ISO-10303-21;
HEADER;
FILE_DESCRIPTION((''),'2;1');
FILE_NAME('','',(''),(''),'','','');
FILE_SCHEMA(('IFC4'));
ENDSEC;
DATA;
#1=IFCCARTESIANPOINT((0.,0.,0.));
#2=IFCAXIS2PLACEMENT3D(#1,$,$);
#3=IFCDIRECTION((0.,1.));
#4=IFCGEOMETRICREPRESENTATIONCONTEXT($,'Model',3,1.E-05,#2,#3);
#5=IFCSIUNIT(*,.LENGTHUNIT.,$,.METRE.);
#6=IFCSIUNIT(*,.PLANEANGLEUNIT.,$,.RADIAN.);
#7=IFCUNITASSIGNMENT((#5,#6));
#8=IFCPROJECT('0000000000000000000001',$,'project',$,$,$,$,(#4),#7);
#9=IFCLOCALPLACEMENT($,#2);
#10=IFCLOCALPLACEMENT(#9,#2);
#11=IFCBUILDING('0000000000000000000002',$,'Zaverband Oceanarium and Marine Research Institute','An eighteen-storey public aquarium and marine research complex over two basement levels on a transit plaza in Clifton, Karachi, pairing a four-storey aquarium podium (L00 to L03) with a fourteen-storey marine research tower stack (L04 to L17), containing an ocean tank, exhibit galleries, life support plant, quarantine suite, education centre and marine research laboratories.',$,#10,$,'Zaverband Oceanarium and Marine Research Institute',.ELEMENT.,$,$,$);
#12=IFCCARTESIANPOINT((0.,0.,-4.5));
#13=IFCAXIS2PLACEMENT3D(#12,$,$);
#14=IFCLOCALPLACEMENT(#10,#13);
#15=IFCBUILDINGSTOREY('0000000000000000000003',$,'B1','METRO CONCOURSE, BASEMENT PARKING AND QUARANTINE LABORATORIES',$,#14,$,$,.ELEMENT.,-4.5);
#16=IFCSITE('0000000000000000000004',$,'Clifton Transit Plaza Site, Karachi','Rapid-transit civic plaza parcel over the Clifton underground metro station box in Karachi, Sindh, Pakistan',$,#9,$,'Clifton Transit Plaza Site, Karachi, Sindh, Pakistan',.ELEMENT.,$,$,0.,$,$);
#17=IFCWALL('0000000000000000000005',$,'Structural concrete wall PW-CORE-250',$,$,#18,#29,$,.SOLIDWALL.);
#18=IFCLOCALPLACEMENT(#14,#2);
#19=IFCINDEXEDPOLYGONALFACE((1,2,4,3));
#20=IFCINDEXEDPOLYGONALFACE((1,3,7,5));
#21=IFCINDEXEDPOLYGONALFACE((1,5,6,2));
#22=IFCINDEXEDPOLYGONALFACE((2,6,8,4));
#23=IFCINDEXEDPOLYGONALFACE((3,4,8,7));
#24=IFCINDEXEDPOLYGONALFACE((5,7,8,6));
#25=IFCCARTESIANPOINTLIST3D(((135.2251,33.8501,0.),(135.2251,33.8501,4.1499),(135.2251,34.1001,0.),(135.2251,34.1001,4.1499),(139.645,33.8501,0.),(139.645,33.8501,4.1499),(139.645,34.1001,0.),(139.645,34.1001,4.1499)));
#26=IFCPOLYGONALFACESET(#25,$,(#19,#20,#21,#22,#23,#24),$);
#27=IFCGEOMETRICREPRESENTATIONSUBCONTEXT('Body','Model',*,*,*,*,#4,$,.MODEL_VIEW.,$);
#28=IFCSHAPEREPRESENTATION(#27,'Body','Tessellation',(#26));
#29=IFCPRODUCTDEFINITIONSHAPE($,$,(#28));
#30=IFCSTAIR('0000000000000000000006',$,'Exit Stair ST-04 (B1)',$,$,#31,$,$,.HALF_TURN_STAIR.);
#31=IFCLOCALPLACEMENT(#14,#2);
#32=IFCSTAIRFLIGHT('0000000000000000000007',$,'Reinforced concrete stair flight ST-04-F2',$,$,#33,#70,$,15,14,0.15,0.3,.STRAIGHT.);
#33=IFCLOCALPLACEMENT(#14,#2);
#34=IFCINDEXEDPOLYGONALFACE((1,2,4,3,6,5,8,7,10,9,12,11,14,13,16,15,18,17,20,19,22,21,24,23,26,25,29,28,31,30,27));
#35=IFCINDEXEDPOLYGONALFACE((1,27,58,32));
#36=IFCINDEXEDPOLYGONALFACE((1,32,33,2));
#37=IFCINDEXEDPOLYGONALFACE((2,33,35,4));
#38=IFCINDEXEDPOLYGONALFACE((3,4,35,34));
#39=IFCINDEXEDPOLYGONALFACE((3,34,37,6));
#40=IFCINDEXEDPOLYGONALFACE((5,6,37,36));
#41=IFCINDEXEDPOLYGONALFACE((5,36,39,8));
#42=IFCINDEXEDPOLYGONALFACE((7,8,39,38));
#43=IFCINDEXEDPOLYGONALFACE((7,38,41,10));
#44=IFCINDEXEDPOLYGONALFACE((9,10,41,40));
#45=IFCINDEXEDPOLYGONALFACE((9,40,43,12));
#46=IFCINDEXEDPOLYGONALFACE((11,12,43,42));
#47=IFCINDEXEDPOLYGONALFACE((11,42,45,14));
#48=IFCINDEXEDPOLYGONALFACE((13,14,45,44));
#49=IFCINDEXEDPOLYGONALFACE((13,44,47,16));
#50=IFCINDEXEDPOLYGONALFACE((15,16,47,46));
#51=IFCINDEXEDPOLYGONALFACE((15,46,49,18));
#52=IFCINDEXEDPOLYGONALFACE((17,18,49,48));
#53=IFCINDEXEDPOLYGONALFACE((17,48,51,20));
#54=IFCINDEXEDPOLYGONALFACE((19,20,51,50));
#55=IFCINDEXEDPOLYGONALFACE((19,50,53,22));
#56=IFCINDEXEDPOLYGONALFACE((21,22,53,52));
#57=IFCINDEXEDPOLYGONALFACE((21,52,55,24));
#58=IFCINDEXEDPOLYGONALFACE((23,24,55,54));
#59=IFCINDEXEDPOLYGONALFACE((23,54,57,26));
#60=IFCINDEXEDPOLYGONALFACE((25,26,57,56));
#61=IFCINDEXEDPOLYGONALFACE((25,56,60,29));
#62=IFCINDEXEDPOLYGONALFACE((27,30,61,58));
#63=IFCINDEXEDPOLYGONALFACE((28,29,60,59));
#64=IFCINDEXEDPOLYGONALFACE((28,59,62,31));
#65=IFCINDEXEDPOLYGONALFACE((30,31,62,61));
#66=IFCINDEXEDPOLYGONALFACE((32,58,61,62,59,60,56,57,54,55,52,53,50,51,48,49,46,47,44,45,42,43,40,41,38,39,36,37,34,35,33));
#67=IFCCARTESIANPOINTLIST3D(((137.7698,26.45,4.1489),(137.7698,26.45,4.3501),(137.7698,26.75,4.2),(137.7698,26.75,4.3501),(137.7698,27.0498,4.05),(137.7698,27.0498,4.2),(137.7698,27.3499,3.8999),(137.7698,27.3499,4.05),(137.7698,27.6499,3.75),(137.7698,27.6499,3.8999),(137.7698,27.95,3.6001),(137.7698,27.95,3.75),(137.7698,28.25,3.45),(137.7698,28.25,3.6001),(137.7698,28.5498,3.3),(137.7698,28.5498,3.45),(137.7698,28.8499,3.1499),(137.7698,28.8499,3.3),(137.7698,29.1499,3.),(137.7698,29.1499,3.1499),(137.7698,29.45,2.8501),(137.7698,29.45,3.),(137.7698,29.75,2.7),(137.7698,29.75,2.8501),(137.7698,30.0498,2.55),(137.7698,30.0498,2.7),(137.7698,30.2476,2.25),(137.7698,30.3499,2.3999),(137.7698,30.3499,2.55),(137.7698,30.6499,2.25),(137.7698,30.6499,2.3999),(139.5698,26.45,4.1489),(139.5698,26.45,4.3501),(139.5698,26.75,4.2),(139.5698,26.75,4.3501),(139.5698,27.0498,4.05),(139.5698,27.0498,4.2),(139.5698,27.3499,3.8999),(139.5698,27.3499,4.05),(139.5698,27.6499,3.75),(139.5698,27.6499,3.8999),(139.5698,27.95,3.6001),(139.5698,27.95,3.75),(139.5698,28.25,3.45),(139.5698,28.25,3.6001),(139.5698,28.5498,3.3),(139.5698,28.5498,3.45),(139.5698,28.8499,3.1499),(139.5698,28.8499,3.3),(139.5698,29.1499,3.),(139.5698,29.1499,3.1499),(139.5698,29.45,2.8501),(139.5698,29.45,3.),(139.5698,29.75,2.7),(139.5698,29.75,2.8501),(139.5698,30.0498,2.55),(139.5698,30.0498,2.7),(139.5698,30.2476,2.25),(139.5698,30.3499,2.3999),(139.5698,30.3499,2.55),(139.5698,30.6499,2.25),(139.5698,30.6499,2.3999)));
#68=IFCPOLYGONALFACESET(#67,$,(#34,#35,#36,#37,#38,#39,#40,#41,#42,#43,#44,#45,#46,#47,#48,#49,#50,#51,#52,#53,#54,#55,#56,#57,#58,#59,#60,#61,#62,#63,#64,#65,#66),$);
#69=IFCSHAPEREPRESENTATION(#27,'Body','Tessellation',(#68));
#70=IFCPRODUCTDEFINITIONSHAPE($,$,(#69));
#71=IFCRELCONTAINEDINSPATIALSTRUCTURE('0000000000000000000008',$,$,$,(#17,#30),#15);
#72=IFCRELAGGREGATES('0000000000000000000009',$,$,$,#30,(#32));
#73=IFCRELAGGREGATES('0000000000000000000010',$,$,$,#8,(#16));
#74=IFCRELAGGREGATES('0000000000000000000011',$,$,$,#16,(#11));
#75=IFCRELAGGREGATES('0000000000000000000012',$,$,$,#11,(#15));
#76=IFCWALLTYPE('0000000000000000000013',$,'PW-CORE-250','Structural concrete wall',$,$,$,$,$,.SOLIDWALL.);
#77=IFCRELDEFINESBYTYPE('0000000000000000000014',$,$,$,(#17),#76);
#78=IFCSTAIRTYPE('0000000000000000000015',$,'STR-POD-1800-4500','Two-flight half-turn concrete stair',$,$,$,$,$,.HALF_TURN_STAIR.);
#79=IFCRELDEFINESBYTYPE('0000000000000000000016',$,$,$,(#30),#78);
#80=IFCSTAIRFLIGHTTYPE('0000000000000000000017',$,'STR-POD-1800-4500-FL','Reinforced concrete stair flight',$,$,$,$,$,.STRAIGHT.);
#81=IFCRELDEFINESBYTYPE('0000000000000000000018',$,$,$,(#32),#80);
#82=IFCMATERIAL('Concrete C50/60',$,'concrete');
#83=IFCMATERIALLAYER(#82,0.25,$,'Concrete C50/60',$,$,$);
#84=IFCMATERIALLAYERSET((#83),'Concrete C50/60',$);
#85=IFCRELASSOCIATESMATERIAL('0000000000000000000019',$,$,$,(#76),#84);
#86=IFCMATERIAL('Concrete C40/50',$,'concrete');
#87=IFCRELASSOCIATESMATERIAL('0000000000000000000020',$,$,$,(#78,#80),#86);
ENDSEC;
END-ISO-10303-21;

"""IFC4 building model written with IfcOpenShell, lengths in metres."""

from ifc_helpers import new_model, si_unit, direction, frame, frame_2d, origin, place, context, subcontext, project, spatial, polyline, rectangle, outline, extrude, material, layer, layer_set, type_object, element, aggregate, save


model = new_model("IFC4")

# Units and contexts
model_context = context("Model", 3, precision=1e-05, world=origin(), true_north=direction((0.0, 1.0)))
body_context = subcontext(model_context, "Body", "Model", "MODEL_VIEW")
ifc_project = project(units=[si_unit("LENGTHUNIT", "METRE"), si_unit("PLANEANGLEUNIT", "RADIAN")], contexts=[model_context])

# Site, building, storey
site_placement = place(None, origin())
site = spatial("IfcSite", under=ifc_project, at=site_placement, Name="Clifton Transit Plaza Site, Karachi", Description="Rapid-transit civic plaza parcel over the Clifton underground metro station box in Karachi, Sindh, Pakistan", LongName="Clifton Transit Plaza Site, Karachi, Sindh, Pakistan", CompositionType="ELEMENT", RefElevation=0.0)
building_placement = place(site_placement, origin())
building = spatial("IfcBuilding", under=site, at=building_placement, Name="Zaverband Oceanarium and Marine Research Institute", Description="An eighteen-storey public aquarium and marine research complex over two basement levels on a transit plaza in Clifton, Karachi, pairing a four-storey aquarium podium (L00 to L03) with a fourteen-storey marine research tower stack (L04 to L17), containing an ocean tank, exhibit galleries, life support plant, quarantine suite, education centre and marine research laboratories.", LongName="Zaverband Oceanarium and Marine Research Institute", CompositionType="ELEMENT")
storey_placement = place(building_placement, frame((0.0, 0.0, -4.5)))
storey = spatial("IfcBuildingStorey", under=building, at=storey_placement, Name="B1", Description="METRO CONCOURSE, BASEMENT PARKING AND QUARANTINE LABORATORIES", CompositionType="ELEMENT", Elevation=-4.5)

# Shared definitions
ifc_material_1 = material(Name="Concrete C50/60", Category="concrete")

# Shared definitions
ifc_material_2 = material(Name="Concrete C40/50", Category="concrete")

# Wall
ifc_layer_1 = layer(ifc_material_1, 0.25, Name="Concrete C50/60")
ifc_layer_set_1 = layer_set([ifc_layer_1], Name="Concrete C50/60")
wall_type_1 = type_object("IfcWallType", Name="PW-CORE-250", Description="Structural concrete wall", PredefinedType="SOLIDWALL", material=ifc_layer_set_1)
wall_1_placement = place(storey_placement, frame((135.2251, 33.9751, 0.0), z_axis=(0.0, 0.0, 1.0), x_axis=(1.0, 0.0, 0.0)))
element("IfcWall", 1, at=wall_1_placement, inside=storey, type_object=wall_type_1, Name="Structural concrete wall PW-CORE-250", PredefinedType="SOLIDWALL", context=body_context, shape_type="SweptSolid", body=[
    extrude(rectangle(XDim=4.4199, YDim=0.25, at=frame_2d((2.21, 0.0))), origin(), (0.0, 0.0, 1.0), 4.1499),
])

# Stair, stair flight
stair_type = type_object("IfcStairType", Name="STR-POD-1800-4500", Description="Two-flight half-turn concrete stair", PredefinedType="HALF_TURN_STAIR", material=ifc_material_2)
stair_placement = place(storey_placement, origin())
stair = element("IfcStair", 2, at=stair_placement, inside=storey, type_object=stair_type, Name="Exit Stair ST-04 (B1)", PredefinedType="HALF_TURN_STAIR")
stair_flight_type = type_object("IfcStairFlightType", Name="STR-POD-1800-4500-FL", Description="Reinforced concrete stair flight", PredefinedType="STRAIGHT", material=ifc_material_2)
stair_flight_placement = place(storey_placement, frame((138.6699, 30.6499, 2.25), z_axis=(0.0, 0.0, 1.0), x_axis=(0.0, -1.0, 0.0)))
stair_flight = element("IfcStairFlight", 3, at=stair_flight_placement, type_object=stair_flight_type, Name="Reinforced concrete stair flight ST-04-F2", NumberOfRisers=15, NumberOfTreads=14, PredefinedType="STRAIGHT", RiserHeight=0.15, TreadLength=0.3, context=body_context, shape_type="SweptSolid", body=[
    extrude(outline(polyline([(0.0, 0.0), (0.0, 0.1499), (0.3, 0.1499), (0.3, 0.3), (0.6001, 0.3), (0.6001, 0.45), (0.8999, 0.45), (0.8999, 0.6001), (1.2, 0.6001), (1.2, 0.75), (1.5, 0.75), (1.5, 0.8999), (1.8, 0.8999), (1.8, 1.05), (2.1001, 1.05), (2.1001, 1.2), (2.3999, 1.2), (2.3999, 1.3501), (2.7, 1.3501), (2.7, 1.5), (3.0, 1.5), (3.0, 1.6499), (3.3, 1.6499), (3.3, 1.8), (3.6001, 1.8), (3.6001, 1.95), (3.8999, 1.95), (3.8999, 2.1001), (4.2, 2.1001), (4.2, 2.25), (4.2, 1.8989), (0.4023, 0.0), (0.0, 0.0)])), frame((0.0, 0.8999, 0.0), z_axis=(0.0, -1.0, 0.0), x_axis=(1.0, 0.0, 0.0)), (0.0, 0.0, 1.0), 1.8),
])
aggregate(stair, [stair_flight])

save(model, "model.ifc")
